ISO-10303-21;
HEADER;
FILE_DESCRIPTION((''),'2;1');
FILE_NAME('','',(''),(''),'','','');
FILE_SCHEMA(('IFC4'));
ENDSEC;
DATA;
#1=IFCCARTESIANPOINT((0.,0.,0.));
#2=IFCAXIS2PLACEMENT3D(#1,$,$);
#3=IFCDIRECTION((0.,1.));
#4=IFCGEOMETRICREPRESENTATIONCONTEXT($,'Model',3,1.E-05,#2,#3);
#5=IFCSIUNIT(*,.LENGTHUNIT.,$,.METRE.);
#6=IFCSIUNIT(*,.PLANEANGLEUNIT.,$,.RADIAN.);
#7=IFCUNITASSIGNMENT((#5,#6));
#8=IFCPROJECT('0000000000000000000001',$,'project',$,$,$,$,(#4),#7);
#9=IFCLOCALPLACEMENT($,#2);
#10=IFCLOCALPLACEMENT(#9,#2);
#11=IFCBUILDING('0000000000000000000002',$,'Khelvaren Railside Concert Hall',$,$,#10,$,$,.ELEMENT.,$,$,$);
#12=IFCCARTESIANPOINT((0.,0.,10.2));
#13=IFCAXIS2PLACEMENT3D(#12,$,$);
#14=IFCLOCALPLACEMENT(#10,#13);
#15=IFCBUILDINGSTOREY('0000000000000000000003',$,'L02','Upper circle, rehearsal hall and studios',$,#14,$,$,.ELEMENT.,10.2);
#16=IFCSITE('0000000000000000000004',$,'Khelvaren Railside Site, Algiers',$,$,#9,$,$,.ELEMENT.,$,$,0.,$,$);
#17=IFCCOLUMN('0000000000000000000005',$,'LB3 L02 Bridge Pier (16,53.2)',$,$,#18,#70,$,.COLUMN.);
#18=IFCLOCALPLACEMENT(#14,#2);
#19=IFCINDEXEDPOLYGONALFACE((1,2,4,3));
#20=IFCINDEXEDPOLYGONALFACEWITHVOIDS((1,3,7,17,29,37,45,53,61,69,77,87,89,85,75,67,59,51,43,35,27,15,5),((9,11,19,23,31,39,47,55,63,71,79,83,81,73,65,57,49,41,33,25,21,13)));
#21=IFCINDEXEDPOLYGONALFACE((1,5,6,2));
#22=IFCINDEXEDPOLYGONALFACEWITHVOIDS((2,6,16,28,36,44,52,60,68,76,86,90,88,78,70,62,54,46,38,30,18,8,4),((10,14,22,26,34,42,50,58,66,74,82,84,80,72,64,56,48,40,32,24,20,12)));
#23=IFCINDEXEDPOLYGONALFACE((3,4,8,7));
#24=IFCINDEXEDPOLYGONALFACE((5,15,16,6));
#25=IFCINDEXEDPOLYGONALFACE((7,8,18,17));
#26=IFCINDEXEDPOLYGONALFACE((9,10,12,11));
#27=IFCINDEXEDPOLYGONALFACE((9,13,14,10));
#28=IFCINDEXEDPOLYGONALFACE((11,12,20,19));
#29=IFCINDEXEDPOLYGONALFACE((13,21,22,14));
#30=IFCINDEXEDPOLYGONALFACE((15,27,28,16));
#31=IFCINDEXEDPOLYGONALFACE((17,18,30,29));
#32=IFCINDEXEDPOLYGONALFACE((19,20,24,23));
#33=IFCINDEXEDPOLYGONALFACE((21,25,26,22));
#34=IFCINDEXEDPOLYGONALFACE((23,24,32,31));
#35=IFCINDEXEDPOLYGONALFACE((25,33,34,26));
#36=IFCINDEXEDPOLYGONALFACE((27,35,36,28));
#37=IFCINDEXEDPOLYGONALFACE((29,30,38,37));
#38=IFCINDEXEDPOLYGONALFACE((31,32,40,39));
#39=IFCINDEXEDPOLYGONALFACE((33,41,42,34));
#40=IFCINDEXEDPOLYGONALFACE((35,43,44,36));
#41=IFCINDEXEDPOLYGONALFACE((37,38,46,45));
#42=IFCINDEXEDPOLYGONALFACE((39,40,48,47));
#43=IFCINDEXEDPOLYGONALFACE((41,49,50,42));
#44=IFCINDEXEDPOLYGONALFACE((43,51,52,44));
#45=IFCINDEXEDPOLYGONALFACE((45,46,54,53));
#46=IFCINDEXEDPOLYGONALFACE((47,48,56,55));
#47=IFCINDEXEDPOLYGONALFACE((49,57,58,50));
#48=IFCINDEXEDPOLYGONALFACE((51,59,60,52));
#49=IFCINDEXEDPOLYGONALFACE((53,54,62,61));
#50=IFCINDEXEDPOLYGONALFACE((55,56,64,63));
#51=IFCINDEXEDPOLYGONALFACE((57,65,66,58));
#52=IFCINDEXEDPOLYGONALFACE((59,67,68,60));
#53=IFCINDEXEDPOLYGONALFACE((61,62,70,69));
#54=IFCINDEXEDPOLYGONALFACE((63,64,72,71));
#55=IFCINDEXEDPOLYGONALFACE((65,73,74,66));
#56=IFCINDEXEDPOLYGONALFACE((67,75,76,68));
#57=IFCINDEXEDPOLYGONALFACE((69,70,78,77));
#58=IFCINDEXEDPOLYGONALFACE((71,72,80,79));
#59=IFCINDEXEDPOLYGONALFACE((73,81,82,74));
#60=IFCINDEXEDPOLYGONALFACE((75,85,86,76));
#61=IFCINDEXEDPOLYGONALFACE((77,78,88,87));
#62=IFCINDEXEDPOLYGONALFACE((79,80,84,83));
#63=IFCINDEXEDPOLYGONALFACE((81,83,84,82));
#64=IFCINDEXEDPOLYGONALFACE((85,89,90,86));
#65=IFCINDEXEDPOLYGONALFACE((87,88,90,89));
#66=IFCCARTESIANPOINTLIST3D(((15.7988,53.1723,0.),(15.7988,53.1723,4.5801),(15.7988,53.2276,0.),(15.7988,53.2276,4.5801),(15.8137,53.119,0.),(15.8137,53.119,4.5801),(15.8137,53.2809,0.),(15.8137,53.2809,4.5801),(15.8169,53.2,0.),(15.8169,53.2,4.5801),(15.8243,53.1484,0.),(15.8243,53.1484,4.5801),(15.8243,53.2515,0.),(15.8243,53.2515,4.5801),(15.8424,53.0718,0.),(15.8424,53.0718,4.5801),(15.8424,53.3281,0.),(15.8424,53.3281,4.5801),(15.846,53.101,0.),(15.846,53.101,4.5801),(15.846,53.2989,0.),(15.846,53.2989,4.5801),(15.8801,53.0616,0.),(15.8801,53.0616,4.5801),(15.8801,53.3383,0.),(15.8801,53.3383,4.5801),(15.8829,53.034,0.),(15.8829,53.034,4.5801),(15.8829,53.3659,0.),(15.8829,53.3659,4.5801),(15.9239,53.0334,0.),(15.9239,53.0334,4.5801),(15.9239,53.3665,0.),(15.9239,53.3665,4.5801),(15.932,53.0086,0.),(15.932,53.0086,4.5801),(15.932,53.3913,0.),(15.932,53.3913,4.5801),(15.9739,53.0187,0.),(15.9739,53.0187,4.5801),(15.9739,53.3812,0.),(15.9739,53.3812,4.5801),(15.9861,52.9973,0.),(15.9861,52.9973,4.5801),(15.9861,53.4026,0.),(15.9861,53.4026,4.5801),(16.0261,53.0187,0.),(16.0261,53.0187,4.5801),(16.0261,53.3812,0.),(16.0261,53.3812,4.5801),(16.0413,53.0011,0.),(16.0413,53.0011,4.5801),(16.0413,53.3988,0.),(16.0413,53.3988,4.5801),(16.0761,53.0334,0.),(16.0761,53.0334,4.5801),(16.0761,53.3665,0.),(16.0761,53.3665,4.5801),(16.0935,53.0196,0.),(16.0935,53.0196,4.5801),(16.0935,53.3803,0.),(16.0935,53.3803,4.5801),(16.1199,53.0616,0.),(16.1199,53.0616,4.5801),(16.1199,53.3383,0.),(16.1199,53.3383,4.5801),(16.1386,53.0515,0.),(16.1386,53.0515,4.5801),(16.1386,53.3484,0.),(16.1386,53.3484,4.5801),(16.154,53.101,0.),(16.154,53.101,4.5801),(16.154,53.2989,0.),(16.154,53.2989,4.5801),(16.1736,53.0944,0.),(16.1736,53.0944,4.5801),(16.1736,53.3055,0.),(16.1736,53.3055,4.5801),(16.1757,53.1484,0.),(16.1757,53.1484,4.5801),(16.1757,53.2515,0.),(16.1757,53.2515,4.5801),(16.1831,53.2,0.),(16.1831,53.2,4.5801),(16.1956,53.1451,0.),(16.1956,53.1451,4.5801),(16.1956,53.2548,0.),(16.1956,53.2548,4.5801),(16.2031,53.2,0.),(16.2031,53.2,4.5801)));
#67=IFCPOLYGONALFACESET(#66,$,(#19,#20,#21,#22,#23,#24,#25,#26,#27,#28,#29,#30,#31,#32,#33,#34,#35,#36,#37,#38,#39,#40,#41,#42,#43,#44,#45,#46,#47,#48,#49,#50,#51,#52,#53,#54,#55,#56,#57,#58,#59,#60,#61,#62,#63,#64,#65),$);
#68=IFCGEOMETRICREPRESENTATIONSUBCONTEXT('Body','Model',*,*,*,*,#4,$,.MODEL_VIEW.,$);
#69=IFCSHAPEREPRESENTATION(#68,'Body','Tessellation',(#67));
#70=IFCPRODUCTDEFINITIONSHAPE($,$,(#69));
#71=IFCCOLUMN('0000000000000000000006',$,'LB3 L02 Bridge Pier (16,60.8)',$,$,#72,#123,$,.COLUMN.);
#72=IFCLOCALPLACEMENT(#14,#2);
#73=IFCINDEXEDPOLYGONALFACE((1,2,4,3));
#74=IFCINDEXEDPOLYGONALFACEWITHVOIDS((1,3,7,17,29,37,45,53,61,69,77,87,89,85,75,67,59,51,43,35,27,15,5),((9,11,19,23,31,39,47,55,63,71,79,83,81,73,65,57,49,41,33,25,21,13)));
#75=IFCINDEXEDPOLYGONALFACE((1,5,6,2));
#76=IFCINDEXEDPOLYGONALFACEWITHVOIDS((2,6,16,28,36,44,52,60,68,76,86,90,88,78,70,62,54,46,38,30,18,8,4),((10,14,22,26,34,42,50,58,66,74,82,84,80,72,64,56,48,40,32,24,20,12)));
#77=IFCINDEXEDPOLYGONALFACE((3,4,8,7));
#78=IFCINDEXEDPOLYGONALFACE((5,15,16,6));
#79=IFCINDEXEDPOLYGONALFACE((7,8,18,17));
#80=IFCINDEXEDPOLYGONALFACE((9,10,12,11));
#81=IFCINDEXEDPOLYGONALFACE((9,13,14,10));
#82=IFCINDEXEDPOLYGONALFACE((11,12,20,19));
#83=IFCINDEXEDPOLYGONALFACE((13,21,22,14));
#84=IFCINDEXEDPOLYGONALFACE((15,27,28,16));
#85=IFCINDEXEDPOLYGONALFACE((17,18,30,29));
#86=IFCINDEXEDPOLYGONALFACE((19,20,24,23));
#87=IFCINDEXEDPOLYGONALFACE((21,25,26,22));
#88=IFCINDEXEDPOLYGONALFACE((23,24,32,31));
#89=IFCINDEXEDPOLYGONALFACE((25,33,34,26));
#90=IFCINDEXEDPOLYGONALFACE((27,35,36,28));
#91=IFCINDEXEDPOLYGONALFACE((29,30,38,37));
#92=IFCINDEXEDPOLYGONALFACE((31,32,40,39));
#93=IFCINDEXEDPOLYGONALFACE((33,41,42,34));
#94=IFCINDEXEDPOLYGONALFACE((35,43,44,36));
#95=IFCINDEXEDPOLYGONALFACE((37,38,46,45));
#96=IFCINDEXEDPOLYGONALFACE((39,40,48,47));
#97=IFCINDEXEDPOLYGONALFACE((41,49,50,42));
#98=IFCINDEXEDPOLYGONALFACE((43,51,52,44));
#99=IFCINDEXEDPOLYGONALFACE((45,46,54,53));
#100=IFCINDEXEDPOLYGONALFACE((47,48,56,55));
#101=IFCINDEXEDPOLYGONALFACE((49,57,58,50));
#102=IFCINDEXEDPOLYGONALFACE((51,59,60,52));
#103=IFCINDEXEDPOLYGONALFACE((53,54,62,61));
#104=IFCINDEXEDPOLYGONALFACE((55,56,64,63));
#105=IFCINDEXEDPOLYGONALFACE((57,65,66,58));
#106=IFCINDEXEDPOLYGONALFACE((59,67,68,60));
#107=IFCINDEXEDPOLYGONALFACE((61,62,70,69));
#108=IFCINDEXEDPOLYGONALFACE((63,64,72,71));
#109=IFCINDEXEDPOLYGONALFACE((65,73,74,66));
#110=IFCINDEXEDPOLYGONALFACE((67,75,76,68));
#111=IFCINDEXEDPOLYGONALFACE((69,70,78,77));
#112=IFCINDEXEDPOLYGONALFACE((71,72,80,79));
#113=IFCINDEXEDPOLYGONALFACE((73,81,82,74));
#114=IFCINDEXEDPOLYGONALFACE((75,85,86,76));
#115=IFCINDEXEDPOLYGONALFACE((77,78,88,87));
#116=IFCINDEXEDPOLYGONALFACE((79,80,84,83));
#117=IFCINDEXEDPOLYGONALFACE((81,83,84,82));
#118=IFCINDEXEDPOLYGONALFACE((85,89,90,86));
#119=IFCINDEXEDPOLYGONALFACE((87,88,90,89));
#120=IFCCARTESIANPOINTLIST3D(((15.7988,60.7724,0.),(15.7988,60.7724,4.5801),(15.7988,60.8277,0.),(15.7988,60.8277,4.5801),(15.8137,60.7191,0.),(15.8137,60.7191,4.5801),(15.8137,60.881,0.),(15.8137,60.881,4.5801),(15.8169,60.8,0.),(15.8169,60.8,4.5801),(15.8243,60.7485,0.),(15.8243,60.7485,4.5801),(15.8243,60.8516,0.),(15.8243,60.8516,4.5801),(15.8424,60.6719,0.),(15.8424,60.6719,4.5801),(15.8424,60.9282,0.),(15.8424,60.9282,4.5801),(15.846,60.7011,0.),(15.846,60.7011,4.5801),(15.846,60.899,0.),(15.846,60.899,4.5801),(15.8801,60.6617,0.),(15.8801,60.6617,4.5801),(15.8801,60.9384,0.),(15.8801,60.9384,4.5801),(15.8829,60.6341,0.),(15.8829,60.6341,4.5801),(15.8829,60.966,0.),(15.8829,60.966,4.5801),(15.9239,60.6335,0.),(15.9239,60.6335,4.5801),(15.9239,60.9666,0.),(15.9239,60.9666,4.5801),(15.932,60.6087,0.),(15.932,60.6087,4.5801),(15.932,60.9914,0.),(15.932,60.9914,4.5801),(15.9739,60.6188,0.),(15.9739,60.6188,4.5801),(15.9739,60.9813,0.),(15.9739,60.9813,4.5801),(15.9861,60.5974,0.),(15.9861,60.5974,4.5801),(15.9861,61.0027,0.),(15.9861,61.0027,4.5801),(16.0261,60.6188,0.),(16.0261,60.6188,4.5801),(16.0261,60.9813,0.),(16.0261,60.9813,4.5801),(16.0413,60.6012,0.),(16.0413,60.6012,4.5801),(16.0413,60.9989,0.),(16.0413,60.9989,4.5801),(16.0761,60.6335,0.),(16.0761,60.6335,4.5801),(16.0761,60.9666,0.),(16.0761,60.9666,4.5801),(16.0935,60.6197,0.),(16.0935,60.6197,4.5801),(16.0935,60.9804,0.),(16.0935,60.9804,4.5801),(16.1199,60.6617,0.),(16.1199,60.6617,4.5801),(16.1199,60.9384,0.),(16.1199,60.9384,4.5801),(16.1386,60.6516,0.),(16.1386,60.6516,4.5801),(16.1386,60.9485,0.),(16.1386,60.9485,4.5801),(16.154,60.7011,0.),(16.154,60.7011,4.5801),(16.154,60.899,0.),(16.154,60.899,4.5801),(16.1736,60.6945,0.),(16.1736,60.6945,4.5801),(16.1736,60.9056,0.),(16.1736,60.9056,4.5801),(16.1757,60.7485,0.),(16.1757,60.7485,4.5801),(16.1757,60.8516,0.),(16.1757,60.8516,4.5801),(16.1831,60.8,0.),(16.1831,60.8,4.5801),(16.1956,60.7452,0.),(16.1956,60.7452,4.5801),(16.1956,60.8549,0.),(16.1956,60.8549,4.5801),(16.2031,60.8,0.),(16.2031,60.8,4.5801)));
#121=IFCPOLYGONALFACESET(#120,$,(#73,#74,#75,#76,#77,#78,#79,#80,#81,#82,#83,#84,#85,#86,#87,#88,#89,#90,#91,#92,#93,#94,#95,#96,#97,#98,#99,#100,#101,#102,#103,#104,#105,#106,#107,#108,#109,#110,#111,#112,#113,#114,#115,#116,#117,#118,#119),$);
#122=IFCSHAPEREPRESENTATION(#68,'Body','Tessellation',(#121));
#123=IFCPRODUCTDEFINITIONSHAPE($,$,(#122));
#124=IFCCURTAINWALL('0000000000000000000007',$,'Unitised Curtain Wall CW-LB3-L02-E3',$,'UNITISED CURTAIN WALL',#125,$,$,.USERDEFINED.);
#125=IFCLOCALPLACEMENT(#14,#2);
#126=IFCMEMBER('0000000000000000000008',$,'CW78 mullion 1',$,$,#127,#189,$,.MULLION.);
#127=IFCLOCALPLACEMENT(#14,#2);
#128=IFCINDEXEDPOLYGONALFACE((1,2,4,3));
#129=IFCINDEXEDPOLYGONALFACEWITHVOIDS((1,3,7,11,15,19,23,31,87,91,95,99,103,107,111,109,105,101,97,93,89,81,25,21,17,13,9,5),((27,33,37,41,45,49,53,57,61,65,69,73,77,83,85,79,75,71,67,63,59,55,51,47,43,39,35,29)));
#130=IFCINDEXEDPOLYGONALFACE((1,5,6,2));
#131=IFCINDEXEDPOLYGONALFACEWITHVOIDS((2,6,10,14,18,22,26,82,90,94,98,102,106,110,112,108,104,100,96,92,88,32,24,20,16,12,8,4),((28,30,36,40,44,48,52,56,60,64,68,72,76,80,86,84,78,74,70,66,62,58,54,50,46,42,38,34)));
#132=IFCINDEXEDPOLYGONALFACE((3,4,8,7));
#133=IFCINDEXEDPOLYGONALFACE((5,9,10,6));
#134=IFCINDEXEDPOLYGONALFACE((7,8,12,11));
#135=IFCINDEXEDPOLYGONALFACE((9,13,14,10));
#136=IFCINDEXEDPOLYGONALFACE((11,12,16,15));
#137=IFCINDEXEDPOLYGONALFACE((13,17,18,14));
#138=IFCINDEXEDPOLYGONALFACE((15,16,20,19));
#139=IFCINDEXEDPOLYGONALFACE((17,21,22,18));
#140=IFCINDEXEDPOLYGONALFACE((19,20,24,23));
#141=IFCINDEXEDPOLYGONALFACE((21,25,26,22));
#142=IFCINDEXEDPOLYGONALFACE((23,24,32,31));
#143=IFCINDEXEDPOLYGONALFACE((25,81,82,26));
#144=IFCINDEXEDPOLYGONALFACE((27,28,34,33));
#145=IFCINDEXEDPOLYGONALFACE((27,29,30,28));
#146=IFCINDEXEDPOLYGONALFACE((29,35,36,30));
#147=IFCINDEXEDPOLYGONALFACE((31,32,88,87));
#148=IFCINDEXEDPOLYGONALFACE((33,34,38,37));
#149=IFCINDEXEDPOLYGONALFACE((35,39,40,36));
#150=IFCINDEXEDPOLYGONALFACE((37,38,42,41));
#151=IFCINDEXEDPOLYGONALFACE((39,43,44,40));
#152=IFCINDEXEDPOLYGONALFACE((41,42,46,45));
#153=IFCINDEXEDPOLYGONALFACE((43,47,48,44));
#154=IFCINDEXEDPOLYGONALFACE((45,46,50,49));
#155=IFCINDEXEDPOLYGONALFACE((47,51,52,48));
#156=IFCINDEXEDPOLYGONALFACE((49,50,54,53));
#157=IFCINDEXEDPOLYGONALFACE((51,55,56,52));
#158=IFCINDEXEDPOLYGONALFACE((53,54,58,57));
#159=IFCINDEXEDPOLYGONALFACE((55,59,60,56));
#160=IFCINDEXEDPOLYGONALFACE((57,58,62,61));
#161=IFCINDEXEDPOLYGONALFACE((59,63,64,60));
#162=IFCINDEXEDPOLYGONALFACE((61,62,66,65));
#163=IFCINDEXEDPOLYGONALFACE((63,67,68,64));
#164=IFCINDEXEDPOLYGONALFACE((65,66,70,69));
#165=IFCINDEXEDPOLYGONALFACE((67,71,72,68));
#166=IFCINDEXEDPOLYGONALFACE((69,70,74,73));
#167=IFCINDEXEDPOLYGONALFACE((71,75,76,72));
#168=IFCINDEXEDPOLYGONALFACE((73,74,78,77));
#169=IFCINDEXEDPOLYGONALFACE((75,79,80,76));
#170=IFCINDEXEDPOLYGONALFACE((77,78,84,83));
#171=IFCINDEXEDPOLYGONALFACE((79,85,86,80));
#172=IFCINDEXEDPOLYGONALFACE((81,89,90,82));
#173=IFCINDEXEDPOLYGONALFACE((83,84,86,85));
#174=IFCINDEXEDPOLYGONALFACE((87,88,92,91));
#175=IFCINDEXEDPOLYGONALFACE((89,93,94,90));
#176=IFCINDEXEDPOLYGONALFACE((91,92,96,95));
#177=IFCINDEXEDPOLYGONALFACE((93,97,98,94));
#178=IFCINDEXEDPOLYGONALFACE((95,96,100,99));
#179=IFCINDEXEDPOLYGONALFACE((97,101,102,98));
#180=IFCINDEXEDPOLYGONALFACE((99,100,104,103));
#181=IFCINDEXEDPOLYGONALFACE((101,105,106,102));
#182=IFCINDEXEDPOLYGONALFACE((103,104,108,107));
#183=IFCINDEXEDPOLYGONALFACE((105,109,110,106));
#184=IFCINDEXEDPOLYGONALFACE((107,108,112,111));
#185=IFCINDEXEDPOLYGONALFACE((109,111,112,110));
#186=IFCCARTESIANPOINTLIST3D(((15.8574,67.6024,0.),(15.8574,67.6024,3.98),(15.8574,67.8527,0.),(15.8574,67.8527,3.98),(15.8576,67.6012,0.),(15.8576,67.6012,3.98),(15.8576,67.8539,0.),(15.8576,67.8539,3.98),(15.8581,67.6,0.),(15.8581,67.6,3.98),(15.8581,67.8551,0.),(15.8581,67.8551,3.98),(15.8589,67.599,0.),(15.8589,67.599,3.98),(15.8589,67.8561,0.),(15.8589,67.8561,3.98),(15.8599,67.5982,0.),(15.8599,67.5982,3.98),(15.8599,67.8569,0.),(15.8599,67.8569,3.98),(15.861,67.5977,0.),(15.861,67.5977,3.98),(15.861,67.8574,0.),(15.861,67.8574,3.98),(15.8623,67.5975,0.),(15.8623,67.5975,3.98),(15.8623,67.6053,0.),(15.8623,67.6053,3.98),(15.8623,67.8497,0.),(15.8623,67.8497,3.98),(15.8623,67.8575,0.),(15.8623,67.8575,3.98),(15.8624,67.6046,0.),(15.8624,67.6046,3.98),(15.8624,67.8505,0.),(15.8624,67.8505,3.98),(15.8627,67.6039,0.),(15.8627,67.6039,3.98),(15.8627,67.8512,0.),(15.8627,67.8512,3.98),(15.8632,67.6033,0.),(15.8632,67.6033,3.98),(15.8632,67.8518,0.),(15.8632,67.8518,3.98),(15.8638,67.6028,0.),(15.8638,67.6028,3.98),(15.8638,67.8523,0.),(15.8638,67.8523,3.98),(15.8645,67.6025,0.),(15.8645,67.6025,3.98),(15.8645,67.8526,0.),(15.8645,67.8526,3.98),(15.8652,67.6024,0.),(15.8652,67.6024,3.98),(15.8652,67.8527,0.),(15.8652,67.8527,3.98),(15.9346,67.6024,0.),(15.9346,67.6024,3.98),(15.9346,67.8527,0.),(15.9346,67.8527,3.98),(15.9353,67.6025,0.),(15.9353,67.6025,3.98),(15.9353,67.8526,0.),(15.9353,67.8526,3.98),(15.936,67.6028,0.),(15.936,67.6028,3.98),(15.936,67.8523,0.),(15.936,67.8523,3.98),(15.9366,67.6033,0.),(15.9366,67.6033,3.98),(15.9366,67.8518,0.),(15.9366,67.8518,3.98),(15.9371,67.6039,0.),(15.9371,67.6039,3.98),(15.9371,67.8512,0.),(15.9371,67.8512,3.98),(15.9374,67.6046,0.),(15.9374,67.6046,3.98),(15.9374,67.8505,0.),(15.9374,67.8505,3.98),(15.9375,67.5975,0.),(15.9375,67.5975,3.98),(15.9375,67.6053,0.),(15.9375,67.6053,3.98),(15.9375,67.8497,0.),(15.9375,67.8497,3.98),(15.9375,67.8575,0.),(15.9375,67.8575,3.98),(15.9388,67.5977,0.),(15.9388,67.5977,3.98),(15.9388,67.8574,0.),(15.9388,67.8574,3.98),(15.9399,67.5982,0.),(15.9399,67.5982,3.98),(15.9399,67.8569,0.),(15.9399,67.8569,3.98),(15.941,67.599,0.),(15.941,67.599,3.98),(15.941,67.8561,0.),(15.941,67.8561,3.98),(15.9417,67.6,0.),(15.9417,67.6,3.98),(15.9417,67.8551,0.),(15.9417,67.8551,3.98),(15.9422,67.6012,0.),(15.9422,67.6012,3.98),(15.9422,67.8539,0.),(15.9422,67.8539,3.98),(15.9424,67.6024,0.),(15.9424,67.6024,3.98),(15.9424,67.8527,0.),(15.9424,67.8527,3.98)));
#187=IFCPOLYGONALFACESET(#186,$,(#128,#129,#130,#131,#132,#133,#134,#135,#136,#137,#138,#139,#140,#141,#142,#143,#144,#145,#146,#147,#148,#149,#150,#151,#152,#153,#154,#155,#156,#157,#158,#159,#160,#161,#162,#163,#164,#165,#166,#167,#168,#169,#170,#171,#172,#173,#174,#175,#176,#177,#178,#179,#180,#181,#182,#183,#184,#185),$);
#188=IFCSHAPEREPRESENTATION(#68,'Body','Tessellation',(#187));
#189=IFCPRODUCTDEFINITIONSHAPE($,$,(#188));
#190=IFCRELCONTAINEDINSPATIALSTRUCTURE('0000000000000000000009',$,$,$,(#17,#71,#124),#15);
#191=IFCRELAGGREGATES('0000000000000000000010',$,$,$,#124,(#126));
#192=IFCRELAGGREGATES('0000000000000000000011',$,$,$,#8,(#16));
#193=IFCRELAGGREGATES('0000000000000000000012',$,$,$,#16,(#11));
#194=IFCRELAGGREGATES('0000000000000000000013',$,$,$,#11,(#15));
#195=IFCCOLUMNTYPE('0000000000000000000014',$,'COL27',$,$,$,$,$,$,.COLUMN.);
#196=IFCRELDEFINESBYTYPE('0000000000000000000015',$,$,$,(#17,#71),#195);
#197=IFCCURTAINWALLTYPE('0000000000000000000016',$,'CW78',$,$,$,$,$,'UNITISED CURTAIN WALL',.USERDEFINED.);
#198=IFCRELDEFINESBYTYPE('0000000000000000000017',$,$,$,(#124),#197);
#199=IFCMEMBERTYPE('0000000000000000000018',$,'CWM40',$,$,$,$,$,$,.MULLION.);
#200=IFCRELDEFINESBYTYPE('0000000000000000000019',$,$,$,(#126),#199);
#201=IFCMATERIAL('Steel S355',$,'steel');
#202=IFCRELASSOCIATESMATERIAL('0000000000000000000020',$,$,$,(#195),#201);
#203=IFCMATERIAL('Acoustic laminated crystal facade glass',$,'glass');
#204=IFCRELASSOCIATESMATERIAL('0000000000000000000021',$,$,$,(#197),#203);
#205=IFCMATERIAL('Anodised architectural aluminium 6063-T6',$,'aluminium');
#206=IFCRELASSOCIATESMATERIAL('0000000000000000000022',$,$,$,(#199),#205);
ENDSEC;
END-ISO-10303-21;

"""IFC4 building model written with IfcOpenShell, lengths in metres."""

from ifc_helpers import new_model, si_unit, direction, frame, origin, origin_2d, place, context, subcontext, project, spatial, hollow_rectangle, hollow_circle, extrude, material, material_profile, profile_set, type_object, element, aggregate, save


model = new_model("IFC4")

# Units and contexts
model_context = context("Model", 3, precision=1e-05, world=origin(), true_north=direction((0.0, 1.0)))
body_context = subcontext(model_context, "Body", "Model", "MODEL_VIEW")
ifc_project = project(units=[si_unit("LENGTHUNIT", "METRE"), si_unit("PLANEANGLEUNIT", "RADIAN")], contexts=[model_context])

# Site, building, storey
site_placement = place(None, origin())
site = spatial("IfcSite", under=ifc_project, at=site_placement, Name="Khelvaren Railside Site, Algiers", CompositionType="ELEMENT", RefElevation=0.0)
building_placement = place(site_placement, origin())
building = spatial("IfcBuilding", under=site, at=building_placement, Name="Khelvaren Railside Concert Hall", CompositionType="ELEMENT")
storey_placement = place(building_placement, frame((0.0, 0.0, 10.2)))
storey = spatial("IfcBuildingStorey", under=building, at=storey_placement, Name="L02", Description="Upper circle, rehearsal hall and studios", CompositionType="ELEMENT", Elevation=10.2)

# Columns
ifc_material_1 = material(Name="Steel S355", Category="steel")
ifc_material_profile_1 = material_profile(ifc_material_1, hollow_circle(Radius=0.2031, WallThickness=0.02, at=origin_2d()), Name="CHS 406.4x20")
ifc_profile_set_1 = profile_set([ifc_material_profile_1], Name="Steel S355")
column_type = type_object("IfcColumnType", Name="COL27", PredefinedType="COLUMN", material=ifc_profile_set_1)
for number, where, z_axis, x_axis, name in (
    (1, (16.0, 53.2, 0.0), (0.0, 0.0, 1.0), (1.0, 0.0, 0.0), "LB3 L02 Bridge Pier (16,53.2)"),
    (2, (16.0, 60.8, 0.0), (0.0, 0.0, 1.0), (1.0, 0.0, 0.0), "LB3 L02 Bridge Pier (16,60.8)"),
):
    element("IfcColumn", number, at=place(storey_placement, frame(where, z_axis=z_axis, x_axis=x_axis)), inside=storey, type_object=column_type, Name=name, PredefinedType="COLUMN", context=body_context, shape_type="SweptSolid", body=[
        extrude(hollow_circle(Radius=0.2031, WallThickness=0.02, at=origin_2d()), origin(), (0.0, 0.0, 1.0), 4.5801),
    ])

# Curtain wall, member
ifc_material_2 = material(Name="Acoustic laminated crystal facade glass", Category="glass")
curtain_wall_type = type_object("IfcCurtainWallType", Name="CW78", ElementType="UNITISED CURTAIN WALL", PredefinedType="USERDEFINED", material=ifc_material_2)
curtain_wall_placement = place(storey_placement, origin())
curtain_wall = element("IfcCurtainWall", 3, at=curtain_wall_placement, inside=storey, type_object=curtain_wall_type, Name="Unitised Curtain Wall CW-LB3-L02-E3", ObjectType="UNITISED CURTAIN WALL", PredefinedType="USERDEFINED")
ifc_material_3 = material(Name="Anodised architectural aluminium 6063-T6", Category="aluminium")
ifc_material_profile_2 = material_profile(ifc_material_3, hollow_rectangle(XDim=0.085, YDim=0.26, WallThickness=0.0049, InnerFilletRadius=0.0029, OuterFilletRadius=0.0049, at=origin_2d()), Name="CWM 85x260x5")
ifc_profile_set_2 = profile_set([ifc_material_profile_2], Name="Anodised architectural aluminium 6063-T6")
member_type_1 = type_object("IfcMemberType", Name="CWM40", PredefinedType="MULLION", material=ifc_profile_set_2)
member_1_placement = place(storey_placement, frame((15.8999, 67.7275, 0.0), z_axis=(0.0, 0.0, 1.0), x_axis=(1.0, 0.0, 0.0)))
member_1 = element("IfcMember", 4, at=member_1_placement, type_object=member_type_1, Name="CW78 mullion 1", PredefinedType="MULLION", context=body_context, shape_type="SweptSolid", body=[
    extrude(hollow_rectangle(XDim=0.085, YDim=0.26, WallThickness=0.0049, InnerFilletRadius=0.0029, OuterFilletRadius=0.0049, at=origin_2d()), origin(), (0.0, 0.0, 1.0), 3.98),
])

aggregate(curtain_wall, [member_1])

save(model, "model.ifc")
